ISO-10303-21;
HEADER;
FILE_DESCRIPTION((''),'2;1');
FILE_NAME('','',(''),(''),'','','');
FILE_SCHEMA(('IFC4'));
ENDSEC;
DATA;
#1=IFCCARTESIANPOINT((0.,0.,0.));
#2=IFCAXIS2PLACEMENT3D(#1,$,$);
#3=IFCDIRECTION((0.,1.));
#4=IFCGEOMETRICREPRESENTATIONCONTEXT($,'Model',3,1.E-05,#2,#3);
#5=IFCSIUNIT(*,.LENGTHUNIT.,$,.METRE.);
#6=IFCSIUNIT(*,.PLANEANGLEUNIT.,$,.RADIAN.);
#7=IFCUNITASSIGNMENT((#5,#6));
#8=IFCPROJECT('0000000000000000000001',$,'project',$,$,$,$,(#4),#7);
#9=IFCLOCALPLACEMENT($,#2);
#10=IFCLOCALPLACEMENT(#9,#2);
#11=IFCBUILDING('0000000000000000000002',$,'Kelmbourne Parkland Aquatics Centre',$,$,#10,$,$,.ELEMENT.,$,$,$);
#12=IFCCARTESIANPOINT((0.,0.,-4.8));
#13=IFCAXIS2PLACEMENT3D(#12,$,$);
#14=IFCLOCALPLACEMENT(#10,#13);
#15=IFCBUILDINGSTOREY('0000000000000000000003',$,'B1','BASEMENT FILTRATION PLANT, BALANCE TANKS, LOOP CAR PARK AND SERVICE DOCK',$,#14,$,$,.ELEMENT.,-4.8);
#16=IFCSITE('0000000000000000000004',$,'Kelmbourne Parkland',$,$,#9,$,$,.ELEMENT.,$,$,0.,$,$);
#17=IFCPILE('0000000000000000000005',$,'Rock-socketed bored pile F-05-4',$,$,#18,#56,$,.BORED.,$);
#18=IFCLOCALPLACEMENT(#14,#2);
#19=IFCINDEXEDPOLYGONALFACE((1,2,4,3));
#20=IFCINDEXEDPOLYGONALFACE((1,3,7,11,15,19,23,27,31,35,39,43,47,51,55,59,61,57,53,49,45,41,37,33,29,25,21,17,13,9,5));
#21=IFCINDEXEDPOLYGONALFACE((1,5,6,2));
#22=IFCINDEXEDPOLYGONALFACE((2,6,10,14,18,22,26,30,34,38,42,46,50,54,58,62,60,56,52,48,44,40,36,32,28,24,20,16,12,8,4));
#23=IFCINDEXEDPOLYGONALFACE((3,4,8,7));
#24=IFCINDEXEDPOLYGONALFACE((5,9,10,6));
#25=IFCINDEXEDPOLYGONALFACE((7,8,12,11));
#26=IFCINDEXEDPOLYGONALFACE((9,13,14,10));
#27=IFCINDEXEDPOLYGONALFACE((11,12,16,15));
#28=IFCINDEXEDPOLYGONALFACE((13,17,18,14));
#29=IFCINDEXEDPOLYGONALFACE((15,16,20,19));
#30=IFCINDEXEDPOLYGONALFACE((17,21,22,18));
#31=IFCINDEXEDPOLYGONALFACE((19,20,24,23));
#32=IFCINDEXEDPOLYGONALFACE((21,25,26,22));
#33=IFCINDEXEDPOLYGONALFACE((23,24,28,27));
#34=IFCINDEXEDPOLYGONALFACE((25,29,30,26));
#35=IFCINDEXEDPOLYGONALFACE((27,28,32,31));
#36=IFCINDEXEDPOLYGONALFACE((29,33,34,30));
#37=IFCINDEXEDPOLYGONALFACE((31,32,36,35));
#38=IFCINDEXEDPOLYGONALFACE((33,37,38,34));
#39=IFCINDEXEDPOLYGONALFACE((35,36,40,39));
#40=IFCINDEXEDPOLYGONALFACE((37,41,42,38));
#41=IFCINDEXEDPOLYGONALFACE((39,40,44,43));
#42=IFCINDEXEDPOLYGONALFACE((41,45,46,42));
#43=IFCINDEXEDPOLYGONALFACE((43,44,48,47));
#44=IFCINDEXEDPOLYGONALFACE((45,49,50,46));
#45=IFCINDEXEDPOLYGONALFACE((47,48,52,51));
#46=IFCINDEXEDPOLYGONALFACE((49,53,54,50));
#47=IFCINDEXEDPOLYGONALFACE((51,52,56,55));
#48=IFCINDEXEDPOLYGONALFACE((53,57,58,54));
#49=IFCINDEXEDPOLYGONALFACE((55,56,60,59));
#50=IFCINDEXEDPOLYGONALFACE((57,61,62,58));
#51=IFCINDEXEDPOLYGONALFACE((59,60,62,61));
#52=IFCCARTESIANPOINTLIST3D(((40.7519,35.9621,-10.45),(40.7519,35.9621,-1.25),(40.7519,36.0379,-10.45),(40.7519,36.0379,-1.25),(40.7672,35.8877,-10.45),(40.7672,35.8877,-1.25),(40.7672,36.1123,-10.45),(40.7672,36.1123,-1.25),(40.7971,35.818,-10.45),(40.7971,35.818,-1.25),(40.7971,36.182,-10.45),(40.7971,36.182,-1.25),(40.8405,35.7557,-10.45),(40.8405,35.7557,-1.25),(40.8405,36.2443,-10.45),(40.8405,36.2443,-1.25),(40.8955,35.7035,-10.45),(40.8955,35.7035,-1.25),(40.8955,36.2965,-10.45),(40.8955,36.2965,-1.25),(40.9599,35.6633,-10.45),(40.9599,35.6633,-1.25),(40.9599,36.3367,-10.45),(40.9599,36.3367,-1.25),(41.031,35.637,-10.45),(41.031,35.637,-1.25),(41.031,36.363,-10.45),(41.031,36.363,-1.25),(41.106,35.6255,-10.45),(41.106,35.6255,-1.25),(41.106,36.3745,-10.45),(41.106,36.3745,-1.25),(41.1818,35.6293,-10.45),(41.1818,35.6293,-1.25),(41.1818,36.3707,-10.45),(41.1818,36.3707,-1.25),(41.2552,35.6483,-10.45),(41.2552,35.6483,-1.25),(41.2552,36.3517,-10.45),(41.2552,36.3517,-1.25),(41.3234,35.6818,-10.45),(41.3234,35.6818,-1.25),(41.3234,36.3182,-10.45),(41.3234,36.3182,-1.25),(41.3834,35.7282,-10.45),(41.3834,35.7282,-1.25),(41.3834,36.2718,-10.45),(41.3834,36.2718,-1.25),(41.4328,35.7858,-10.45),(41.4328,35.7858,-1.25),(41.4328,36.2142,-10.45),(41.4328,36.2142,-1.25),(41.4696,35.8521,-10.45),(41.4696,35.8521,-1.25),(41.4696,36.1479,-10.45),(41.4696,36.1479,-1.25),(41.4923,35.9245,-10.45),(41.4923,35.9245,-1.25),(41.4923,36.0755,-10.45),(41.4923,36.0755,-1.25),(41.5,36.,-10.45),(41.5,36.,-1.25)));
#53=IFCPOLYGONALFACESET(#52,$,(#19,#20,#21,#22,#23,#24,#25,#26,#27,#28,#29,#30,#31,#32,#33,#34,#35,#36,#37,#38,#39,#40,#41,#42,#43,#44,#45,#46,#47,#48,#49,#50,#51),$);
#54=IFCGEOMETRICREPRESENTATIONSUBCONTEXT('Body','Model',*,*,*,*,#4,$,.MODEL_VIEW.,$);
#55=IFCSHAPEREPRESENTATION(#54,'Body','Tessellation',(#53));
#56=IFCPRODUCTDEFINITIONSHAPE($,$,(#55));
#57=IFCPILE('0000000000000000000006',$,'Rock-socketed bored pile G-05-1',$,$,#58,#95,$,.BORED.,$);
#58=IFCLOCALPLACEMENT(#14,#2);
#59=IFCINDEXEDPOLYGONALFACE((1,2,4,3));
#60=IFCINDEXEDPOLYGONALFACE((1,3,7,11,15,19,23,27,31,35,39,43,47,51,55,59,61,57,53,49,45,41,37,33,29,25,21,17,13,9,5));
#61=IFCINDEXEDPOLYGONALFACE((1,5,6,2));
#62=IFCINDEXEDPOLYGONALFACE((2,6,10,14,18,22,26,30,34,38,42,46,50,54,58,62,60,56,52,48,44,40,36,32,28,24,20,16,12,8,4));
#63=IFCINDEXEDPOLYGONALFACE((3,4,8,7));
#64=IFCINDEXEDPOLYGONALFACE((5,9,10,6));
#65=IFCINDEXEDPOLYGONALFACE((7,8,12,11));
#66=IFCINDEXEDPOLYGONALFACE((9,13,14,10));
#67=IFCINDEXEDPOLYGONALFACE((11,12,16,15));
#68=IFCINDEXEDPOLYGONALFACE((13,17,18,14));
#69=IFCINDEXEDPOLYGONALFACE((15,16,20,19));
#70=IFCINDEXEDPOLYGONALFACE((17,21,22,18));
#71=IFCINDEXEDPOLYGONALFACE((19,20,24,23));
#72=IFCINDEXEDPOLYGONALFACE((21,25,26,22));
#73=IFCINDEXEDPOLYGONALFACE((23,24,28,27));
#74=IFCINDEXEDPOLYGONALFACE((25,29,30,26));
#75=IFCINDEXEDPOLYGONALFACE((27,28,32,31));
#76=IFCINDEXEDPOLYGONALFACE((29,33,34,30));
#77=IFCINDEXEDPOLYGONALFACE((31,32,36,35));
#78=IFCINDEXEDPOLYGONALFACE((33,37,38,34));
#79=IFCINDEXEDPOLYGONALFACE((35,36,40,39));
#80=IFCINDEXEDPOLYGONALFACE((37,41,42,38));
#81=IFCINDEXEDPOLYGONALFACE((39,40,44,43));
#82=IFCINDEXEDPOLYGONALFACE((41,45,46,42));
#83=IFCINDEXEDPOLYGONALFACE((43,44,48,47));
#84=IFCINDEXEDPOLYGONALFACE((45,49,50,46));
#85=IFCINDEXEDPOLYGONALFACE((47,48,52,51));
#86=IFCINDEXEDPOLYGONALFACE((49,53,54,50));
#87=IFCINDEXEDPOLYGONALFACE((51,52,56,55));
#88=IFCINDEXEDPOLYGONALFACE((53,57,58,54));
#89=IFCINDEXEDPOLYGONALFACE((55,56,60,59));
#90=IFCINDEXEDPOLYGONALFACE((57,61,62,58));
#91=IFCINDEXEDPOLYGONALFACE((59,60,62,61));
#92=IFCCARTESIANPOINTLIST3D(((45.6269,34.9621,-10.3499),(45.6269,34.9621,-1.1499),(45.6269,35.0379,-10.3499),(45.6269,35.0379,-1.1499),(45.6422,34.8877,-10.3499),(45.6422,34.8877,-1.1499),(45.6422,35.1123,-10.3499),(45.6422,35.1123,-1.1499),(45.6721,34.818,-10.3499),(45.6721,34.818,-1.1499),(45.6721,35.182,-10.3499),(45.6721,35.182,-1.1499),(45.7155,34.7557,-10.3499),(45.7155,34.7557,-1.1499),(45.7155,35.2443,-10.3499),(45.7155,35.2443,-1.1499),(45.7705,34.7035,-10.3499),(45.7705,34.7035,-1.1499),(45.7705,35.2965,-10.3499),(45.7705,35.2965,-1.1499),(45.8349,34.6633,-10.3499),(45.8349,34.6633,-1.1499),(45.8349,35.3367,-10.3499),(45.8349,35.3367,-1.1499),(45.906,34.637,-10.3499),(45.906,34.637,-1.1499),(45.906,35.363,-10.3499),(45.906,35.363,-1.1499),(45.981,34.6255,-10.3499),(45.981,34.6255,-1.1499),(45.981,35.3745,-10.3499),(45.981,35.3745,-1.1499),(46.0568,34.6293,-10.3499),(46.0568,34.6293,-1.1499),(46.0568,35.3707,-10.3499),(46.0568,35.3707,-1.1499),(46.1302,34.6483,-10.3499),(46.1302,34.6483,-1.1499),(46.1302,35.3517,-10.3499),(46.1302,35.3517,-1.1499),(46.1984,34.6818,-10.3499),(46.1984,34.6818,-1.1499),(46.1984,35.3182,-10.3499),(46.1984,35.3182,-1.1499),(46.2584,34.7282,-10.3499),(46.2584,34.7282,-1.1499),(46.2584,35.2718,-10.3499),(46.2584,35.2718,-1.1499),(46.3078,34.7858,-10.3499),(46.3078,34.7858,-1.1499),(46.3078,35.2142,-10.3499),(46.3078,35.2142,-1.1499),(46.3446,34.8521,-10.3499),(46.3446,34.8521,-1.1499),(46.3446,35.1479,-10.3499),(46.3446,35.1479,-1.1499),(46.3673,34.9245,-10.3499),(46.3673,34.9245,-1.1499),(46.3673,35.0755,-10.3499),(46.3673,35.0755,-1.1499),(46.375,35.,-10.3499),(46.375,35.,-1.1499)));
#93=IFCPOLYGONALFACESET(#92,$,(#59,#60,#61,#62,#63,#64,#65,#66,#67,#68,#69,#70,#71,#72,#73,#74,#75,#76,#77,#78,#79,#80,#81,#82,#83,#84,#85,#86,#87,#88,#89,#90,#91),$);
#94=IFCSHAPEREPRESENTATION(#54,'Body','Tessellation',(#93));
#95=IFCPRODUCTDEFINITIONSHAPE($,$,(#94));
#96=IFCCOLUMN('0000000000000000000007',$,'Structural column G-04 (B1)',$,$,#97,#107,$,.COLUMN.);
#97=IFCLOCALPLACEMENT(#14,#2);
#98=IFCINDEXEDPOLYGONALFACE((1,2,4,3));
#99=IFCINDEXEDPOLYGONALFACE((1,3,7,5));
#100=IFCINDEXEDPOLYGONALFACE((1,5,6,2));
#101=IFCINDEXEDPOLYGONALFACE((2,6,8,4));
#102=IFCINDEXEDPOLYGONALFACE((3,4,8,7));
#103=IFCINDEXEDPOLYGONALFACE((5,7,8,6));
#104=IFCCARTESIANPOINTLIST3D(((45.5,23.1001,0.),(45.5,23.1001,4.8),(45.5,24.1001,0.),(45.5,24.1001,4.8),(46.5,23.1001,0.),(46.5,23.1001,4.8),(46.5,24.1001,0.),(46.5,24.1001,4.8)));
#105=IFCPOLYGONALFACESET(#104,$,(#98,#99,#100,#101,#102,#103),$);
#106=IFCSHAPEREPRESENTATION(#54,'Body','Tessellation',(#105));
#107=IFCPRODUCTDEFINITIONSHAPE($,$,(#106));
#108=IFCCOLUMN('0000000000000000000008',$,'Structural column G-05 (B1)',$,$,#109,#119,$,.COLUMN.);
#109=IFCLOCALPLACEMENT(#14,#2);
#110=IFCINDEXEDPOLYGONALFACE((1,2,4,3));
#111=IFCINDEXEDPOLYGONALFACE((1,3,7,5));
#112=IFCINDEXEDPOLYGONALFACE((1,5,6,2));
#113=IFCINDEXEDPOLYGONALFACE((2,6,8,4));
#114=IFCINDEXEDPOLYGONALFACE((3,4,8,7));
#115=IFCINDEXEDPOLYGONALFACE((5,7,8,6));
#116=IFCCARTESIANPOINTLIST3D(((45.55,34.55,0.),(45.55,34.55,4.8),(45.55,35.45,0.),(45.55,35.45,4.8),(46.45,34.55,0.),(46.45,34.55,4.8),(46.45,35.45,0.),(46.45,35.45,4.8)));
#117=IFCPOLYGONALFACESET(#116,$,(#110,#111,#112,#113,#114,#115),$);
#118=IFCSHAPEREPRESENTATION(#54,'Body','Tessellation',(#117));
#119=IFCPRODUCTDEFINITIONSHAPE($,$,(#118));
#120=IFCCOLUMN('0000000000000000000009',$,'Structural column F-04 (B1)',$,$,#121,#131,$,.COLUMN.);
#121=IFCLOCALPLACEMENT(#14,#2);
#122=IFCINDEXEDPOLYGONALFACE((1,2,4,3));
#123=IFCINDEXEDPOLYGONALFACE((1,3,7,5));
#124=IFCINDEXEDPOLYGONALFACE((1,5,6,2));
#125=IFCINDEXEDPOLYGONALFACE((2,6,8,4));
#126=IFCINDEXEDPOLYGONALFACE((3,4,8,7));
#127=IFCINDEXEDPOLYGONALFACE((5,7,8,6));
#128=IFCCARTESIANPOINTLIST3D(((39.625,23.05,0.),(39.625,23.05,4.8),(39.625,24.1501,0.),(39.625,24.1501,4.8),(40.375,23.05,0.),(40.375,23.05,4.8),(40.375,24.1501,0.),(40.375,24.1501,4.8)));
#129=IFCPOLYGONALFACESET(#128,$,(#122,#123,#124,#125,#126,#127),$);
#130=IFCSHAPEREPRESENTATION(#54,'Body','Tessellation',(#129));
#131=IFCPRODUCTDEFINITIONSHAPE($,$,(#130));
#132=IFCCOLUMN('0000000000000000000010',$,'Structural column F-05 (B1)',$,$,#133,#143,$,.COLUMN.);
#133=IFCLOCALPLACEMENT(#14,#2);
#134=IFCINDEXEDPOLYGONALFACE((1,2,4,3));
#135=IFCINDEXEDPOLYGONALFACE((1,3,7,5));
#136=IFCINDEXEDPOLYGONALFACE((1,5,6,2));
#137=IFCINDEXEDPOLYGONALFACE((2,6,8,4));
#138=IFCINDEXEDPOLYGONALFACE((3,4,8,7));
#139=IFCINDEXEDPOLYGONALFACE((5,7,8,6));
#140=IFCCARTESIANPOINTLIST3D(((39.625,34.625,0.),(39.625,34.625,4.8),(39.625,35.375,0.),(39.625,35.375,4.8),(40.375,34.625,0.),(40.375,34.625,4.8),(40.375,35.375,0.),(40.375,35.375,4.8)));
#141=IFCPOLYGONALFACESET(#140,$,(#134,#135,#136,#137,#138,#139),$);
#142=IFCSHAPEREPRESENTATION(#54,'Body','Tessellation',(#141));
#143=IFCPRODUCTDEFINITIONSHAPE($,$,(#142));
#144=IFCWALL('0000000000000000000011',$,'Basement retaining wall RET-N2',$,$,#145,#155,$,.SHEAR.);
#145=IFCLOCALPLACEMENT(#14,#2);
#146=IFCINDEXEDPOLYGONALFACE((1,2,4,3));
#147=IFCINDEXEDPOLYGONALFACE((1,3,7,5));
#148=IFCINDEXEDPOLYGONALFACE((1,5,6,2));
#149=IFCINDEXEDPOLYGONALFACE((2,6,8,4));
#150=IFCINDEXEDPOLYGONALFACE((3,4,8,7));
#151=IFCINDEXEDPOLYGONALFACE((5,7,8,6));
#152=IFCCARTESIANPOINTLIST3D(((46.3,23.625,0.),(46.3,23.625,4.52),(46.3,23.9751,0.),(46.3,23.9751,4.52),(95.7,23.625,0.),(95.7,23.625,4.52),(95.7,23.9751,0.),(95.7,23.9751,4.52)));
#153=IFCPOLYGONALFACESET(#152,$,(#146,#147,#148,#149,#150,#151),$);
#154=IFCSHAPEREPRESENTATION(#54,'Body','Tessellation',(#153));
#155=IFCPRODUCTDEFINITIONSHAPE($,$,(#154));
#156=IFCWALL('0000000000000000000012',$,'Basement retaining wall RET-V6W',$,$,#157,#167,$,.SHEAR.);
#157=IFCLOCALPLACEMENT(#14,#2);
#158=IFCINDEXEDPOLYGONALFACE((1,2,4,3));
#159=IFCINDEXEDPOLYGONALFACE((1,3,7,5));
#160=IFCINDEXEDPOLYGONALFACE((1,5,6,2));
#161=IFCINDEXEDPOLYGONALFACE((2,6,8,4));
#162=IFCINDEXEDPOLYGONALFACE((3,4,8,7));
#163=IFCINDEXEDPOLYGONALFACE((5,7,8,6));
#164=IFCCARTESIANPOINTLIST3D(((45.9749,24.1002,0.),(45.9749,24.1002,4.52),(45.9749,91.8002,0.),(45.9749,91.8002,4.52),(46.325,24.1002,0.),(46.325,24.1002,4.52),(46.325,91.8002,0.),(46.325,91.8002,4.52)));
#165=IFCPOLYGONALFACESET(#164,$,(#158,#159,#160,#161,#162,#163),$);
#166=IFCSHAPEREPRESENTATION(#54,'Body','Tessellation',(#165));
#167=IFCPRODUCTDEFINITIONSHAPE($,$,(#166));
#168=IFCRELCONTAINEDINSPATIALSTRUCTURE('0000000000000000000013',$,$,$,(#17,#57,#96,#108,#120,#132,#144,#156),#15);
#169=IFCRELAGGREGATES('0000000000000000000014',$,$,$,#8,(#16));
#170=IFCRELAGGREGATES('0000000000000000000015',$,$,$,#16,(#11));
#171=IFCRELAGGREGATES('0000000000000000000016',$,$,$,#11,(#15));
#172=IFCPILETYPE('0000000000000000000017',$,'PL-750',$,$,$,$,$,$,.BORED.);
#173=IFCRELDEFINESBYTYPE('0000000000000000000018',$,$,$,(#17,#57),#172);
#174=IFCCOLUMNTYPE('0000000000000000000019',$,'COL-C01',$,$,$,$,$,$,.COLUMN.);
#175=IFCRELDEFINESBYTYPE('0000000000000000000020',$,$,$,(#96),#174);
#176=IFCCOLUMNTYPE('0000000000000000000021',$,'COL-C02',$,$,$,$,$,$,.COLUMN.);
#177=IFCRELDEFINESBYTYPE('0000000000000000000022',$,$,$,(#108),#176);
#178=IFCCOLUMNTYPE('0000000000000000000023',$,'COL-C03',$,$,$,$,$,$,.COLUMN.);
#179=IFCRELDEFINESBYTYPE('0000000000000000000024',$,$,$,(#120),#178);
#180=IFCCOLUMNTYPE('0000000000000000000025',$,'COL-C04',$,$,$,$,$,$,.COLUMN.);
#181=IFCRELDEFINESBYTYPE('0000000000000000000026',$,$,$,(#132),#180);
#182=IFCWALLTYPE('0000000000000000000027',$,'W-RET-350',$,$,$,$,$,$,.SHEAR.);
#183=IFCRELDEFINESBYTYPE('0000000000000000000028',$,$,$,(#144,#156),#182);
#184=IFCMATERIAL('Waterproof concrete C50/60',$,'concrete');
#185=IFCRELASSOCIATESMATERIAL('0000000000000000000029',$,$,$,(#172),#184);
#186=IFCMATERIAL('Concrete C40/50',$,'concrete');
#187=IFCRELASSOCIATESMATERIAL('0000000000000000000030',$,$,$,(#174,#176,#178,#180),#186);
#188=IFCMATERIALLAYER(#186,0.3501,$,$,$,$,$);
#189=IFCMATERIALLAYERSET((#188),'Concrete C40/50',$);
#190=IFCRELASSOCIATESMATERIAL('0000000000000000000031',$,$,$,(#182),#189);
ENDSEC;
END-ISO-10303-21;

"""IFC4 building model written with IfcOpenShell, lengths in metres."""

from ifc_helpers import new_model, si_unit, direction, frame, frame_2d, origin, origin_2d, place, context, subcontext, project, spatial, rectangle, circle, extrude, material, layer, layer_set, material_profile, profile_set, type_object, element, save


model = new_model("IFC4")

# Units and contexts
model_context = context("Model", 3, precision=1e-05, world=origin(), true_north=direction((0.0, 1.0)))
body_context = subcontext(model_context, "Body", "Model", "MODEL_VIEW")
ifc_project = project(units=[si_unit("LENGTHUNIT", "METRE"), si_unit("PLANEANGLEUNIT", "RADIAN")], contexts=[model_context])

# Site, building, storey
site_placement = place(None, origin())
site = spatial("IfcSite", under=ifc_project, at=site_placement, Name="Kelmbourne Parkland", CompositionType="ELEMENT", RefElevation=0.0)
building_placement = place(site_placement, origin())
building = spatial("IfcBuilding", under=site, at=building_placement, Name="Kelmbourne Parkland Aquatics Centre", CompositionType="ELEMENT")
storey_placement = place(building_placement, frame((0.0, 0.0, -4.8)))
storey = spatial("IfcBuildingStorey", under=building, at=storey_placement, Name="B1", Description="BASEMENT FILTRATION PLANT, BALANCE TANKS, LOOP CAR PARK AND SERVICE DOCK", CompositionType="ELEMENT", Elevation=-4.8)

# Shared definitions
ifc_material_1 = material(Name="Waterproof concrete C50/60", Category="concrete")

# Piles
ifc_material_profile_1 = material_profile(ifc_material_1, circle(Radius=0.375, at=origin_2d()), Name="PILE D750")
ifc_profile_set_1 = profile_set([ifc_material_profile_1], Name="Waterproof concrete C50/60")
pile_type_1 = type_object("IfcPileType", Name="PL-750", PredefinedType="BORED", material=ifc_profile_set_1)
for number, where, z_axis, x_axis, name in (
    (1, (41.125, 36.0, -1.25), (0.0, 0.0, -1.0), (1.0, 0.0, 0.0), "Rock-socketed bored pile F-05-4"),
    (2, (46.0, 35.0, -1.1499), (0.0, 0.0, -1.0), (1.0, 0.0, 0.0), "Rock-socketed bored pile G-05-1"),
):
    element("IfcPile", number, at=place(storey_placement, frame(where, z_axis=z_axis, x_axis=x_axis)), inside=storey, type_object=pile_type_1, Name=name, PredefinedType="BORED", context=body_context, shape_type="SweptSolid", body=[
        extrude(circle(Radius=0.375, at=origin_2d()), origin(), (0.0, 0.0, 1.0), 9.2),
    ])

# Columns
ifc_material_2 = material(Name="Concrete C40/50", Category="concrete")
ifc_material_profile_2 = material_profile(ifc_material_2, rectangle(XDim=1.0, YDim=1.0, at=origin_2d()), Name="RC 1000x1000")
ifc_profile_set_2 = profile_set([ifc_material_profile_2], Name="Concrete C40/50")
column_type_1 = type_object("IfcColumnType", Name="COL-C01", PredefinedType="COLUMN", material=ifc_profile_set_2)
column_1_placement = place(storey_placement, frame((46.0, 23.6001, 0.0), z_axis=(0.0, 0.0, 1.0), x_axis=(1.0, 0.0, 0.0)))
element("IfcColumn", 3, at=column_1_placement, inside=storey, type_object=column_type_1, Name="Structural column G-04 (B1)", PredefinedType="COLUMN", context=body_context, shape_type="SweptSolid", body=[
    extrude(rectangle(XDim=1.0, YDim=1.0, at=origin_2d()), origin(), (0.0, 0.0, 1.0), 4.8),
])
ifc_material_profile_3 = material_profile(ifc_material_2, rectangle(XDim=0.8999, YDim=0.8999, at=origin_2d()), Name="RC 900x900")
ifc_profile_set_3 = profile_set([ifc_material_profile_3], Name="Concrete C40/50")
column_type_2 = type_object("IfcColumnType", Name="COL-C02", PredefinedType="COLUMN", material=ifc_profile_set_3)
column_2_placement = place(storey_placement, frame((46.0, 35.0, 0.0), z_axis=(0.0, 0.0, 1.0), x_axis=(1.0, 0.0, 0.0)))
element("IfcColumn", 4, at=column_2_placement, inside=storey, type_object=column_type_2, Name="Structural column G-05 (B1)", PredefinedType="COLUMN", context=body_context, shape_type="SweptSolid", body=[
    extrude(rectangle(XDim=0.8999, YDim=0.8999, at=origin_2d()), origin(), (0.0, 0.0, 1.0), 4.8),
])
ifc_material_profile_4 = material_profile(ifc_material_2, rectangle(XDim=0.75, YDim=1.1001, at=origin_2d()), Name="RC 750x1100")
ifc_profile_set_4 = profile_set([ifc_material_profile_4], Name="Concrete C40/50")
column_type_3 = type_object("IfcColumnType", Name="COL-C03", PredefinedType="COLUMN", material=ifc_profile_set_4)
column_3_placement = place(storey_placement, frame((40.0, 23.6001, 0.0), z_axis=(0.0, 0.0, 1.0), x_axis=(1.0, 0.0, 0.0)))
element("IfcColumn", 5, at=column_3_placement, inside=storey, type_object=column_type_3, Name="Structural column F-04 (B1)", PredefinedType="COLUMN", context=body_context, shape_type="SweptSolid", body=[
    extrude(rectangle(XDim=0.75, YDim=1.1001, at=origin_2d()), origin(), (0.0, 0.0, 1.0), 4.8),
])
ifc_material_profile_5 = material_profile(ifc_material_2, rectangle(XDim=0.75, YDim=0.75, at=origin_2d()), Name="RC 750x750")
ifc_profile_set_5 = profile_set([ifc_material_profile_5], Name="Concrete C40/50")
column_type_4 = type_object("IfcColumnType", Name="COL-C04", PredefinedType="COLUMN", material=ifc_profile_set_5)
column_4_placement = place(storey_placement, frame((40.0, 35.0, 0.0), z_axis=(0.0, 0.0, 1.0), x_axis=(1.0, 0.0, 0.0)))
element("IfcColumn", 6, at=column_4_placement, inside=storey, type_object=column_type_4, Name="Structural column F-05 (B1)", PredefinedType="COLUMN", context=body_context, shape_type="SweptSolid", body=[
    extrude(rectangle(XDim=0.75, YDim=0.75, at=origin_2d()), origin(), (0.0, 0.0, 1.0), 4.8),
])

# Walls
ifc_layer = layer(ifc_material_2, 0.3501)
ifc_layer_set = layer_set([ifc_layer], Name="Concrete C40/50")
wall_type = type_object("IfcWallType", Name="W-RET-350", PredefinedType="SHEAR", material=ifc_layer_set)
wall_1_placement = place(storey_placement, frame((46.3, 23.8, 0.0), z_axis=(0.0, 0.0, 1.0), x_axis=(1.0, 0.0, 0.0)))
element("IfcWall", 7, at=wall_1_placement, inside=storey, type_object=wall_type, Name="Basement retaining wall RET-N2", PredefinedType="SHEAR", context=body_context, shape_type="SweptSolid", body=[
    extrude(rectangle(XDim=49.3999, YDim=0.3501, at=frame_2d((24.7, 0.0))), origin(), (0.0, 0.0, 1.0), 4.52),
])
wall_2_placement = place(storey_placement, frame((46.1499, 24.1001, 0.0), z_axis=(0.0, 0.0, 1.0), x_axis=(0.0, 1.0, 0.0)))
element("IfcWall", 8, at=wall_2_placement, inside=storey, type_object=wall_type, Name="Basement retaining wall RET-V6W", PredefinedType="SHEAR", context=body_context, shape_type="SweptSolid", body=[
    extrude(rectangle(XDim=67.7, YDim=0.3501, at=frame_2d((33.8501, 0.0))), origin(), (0.0, 0.0, 1.0), 4.52),
])

save(model, "model.ifc")
